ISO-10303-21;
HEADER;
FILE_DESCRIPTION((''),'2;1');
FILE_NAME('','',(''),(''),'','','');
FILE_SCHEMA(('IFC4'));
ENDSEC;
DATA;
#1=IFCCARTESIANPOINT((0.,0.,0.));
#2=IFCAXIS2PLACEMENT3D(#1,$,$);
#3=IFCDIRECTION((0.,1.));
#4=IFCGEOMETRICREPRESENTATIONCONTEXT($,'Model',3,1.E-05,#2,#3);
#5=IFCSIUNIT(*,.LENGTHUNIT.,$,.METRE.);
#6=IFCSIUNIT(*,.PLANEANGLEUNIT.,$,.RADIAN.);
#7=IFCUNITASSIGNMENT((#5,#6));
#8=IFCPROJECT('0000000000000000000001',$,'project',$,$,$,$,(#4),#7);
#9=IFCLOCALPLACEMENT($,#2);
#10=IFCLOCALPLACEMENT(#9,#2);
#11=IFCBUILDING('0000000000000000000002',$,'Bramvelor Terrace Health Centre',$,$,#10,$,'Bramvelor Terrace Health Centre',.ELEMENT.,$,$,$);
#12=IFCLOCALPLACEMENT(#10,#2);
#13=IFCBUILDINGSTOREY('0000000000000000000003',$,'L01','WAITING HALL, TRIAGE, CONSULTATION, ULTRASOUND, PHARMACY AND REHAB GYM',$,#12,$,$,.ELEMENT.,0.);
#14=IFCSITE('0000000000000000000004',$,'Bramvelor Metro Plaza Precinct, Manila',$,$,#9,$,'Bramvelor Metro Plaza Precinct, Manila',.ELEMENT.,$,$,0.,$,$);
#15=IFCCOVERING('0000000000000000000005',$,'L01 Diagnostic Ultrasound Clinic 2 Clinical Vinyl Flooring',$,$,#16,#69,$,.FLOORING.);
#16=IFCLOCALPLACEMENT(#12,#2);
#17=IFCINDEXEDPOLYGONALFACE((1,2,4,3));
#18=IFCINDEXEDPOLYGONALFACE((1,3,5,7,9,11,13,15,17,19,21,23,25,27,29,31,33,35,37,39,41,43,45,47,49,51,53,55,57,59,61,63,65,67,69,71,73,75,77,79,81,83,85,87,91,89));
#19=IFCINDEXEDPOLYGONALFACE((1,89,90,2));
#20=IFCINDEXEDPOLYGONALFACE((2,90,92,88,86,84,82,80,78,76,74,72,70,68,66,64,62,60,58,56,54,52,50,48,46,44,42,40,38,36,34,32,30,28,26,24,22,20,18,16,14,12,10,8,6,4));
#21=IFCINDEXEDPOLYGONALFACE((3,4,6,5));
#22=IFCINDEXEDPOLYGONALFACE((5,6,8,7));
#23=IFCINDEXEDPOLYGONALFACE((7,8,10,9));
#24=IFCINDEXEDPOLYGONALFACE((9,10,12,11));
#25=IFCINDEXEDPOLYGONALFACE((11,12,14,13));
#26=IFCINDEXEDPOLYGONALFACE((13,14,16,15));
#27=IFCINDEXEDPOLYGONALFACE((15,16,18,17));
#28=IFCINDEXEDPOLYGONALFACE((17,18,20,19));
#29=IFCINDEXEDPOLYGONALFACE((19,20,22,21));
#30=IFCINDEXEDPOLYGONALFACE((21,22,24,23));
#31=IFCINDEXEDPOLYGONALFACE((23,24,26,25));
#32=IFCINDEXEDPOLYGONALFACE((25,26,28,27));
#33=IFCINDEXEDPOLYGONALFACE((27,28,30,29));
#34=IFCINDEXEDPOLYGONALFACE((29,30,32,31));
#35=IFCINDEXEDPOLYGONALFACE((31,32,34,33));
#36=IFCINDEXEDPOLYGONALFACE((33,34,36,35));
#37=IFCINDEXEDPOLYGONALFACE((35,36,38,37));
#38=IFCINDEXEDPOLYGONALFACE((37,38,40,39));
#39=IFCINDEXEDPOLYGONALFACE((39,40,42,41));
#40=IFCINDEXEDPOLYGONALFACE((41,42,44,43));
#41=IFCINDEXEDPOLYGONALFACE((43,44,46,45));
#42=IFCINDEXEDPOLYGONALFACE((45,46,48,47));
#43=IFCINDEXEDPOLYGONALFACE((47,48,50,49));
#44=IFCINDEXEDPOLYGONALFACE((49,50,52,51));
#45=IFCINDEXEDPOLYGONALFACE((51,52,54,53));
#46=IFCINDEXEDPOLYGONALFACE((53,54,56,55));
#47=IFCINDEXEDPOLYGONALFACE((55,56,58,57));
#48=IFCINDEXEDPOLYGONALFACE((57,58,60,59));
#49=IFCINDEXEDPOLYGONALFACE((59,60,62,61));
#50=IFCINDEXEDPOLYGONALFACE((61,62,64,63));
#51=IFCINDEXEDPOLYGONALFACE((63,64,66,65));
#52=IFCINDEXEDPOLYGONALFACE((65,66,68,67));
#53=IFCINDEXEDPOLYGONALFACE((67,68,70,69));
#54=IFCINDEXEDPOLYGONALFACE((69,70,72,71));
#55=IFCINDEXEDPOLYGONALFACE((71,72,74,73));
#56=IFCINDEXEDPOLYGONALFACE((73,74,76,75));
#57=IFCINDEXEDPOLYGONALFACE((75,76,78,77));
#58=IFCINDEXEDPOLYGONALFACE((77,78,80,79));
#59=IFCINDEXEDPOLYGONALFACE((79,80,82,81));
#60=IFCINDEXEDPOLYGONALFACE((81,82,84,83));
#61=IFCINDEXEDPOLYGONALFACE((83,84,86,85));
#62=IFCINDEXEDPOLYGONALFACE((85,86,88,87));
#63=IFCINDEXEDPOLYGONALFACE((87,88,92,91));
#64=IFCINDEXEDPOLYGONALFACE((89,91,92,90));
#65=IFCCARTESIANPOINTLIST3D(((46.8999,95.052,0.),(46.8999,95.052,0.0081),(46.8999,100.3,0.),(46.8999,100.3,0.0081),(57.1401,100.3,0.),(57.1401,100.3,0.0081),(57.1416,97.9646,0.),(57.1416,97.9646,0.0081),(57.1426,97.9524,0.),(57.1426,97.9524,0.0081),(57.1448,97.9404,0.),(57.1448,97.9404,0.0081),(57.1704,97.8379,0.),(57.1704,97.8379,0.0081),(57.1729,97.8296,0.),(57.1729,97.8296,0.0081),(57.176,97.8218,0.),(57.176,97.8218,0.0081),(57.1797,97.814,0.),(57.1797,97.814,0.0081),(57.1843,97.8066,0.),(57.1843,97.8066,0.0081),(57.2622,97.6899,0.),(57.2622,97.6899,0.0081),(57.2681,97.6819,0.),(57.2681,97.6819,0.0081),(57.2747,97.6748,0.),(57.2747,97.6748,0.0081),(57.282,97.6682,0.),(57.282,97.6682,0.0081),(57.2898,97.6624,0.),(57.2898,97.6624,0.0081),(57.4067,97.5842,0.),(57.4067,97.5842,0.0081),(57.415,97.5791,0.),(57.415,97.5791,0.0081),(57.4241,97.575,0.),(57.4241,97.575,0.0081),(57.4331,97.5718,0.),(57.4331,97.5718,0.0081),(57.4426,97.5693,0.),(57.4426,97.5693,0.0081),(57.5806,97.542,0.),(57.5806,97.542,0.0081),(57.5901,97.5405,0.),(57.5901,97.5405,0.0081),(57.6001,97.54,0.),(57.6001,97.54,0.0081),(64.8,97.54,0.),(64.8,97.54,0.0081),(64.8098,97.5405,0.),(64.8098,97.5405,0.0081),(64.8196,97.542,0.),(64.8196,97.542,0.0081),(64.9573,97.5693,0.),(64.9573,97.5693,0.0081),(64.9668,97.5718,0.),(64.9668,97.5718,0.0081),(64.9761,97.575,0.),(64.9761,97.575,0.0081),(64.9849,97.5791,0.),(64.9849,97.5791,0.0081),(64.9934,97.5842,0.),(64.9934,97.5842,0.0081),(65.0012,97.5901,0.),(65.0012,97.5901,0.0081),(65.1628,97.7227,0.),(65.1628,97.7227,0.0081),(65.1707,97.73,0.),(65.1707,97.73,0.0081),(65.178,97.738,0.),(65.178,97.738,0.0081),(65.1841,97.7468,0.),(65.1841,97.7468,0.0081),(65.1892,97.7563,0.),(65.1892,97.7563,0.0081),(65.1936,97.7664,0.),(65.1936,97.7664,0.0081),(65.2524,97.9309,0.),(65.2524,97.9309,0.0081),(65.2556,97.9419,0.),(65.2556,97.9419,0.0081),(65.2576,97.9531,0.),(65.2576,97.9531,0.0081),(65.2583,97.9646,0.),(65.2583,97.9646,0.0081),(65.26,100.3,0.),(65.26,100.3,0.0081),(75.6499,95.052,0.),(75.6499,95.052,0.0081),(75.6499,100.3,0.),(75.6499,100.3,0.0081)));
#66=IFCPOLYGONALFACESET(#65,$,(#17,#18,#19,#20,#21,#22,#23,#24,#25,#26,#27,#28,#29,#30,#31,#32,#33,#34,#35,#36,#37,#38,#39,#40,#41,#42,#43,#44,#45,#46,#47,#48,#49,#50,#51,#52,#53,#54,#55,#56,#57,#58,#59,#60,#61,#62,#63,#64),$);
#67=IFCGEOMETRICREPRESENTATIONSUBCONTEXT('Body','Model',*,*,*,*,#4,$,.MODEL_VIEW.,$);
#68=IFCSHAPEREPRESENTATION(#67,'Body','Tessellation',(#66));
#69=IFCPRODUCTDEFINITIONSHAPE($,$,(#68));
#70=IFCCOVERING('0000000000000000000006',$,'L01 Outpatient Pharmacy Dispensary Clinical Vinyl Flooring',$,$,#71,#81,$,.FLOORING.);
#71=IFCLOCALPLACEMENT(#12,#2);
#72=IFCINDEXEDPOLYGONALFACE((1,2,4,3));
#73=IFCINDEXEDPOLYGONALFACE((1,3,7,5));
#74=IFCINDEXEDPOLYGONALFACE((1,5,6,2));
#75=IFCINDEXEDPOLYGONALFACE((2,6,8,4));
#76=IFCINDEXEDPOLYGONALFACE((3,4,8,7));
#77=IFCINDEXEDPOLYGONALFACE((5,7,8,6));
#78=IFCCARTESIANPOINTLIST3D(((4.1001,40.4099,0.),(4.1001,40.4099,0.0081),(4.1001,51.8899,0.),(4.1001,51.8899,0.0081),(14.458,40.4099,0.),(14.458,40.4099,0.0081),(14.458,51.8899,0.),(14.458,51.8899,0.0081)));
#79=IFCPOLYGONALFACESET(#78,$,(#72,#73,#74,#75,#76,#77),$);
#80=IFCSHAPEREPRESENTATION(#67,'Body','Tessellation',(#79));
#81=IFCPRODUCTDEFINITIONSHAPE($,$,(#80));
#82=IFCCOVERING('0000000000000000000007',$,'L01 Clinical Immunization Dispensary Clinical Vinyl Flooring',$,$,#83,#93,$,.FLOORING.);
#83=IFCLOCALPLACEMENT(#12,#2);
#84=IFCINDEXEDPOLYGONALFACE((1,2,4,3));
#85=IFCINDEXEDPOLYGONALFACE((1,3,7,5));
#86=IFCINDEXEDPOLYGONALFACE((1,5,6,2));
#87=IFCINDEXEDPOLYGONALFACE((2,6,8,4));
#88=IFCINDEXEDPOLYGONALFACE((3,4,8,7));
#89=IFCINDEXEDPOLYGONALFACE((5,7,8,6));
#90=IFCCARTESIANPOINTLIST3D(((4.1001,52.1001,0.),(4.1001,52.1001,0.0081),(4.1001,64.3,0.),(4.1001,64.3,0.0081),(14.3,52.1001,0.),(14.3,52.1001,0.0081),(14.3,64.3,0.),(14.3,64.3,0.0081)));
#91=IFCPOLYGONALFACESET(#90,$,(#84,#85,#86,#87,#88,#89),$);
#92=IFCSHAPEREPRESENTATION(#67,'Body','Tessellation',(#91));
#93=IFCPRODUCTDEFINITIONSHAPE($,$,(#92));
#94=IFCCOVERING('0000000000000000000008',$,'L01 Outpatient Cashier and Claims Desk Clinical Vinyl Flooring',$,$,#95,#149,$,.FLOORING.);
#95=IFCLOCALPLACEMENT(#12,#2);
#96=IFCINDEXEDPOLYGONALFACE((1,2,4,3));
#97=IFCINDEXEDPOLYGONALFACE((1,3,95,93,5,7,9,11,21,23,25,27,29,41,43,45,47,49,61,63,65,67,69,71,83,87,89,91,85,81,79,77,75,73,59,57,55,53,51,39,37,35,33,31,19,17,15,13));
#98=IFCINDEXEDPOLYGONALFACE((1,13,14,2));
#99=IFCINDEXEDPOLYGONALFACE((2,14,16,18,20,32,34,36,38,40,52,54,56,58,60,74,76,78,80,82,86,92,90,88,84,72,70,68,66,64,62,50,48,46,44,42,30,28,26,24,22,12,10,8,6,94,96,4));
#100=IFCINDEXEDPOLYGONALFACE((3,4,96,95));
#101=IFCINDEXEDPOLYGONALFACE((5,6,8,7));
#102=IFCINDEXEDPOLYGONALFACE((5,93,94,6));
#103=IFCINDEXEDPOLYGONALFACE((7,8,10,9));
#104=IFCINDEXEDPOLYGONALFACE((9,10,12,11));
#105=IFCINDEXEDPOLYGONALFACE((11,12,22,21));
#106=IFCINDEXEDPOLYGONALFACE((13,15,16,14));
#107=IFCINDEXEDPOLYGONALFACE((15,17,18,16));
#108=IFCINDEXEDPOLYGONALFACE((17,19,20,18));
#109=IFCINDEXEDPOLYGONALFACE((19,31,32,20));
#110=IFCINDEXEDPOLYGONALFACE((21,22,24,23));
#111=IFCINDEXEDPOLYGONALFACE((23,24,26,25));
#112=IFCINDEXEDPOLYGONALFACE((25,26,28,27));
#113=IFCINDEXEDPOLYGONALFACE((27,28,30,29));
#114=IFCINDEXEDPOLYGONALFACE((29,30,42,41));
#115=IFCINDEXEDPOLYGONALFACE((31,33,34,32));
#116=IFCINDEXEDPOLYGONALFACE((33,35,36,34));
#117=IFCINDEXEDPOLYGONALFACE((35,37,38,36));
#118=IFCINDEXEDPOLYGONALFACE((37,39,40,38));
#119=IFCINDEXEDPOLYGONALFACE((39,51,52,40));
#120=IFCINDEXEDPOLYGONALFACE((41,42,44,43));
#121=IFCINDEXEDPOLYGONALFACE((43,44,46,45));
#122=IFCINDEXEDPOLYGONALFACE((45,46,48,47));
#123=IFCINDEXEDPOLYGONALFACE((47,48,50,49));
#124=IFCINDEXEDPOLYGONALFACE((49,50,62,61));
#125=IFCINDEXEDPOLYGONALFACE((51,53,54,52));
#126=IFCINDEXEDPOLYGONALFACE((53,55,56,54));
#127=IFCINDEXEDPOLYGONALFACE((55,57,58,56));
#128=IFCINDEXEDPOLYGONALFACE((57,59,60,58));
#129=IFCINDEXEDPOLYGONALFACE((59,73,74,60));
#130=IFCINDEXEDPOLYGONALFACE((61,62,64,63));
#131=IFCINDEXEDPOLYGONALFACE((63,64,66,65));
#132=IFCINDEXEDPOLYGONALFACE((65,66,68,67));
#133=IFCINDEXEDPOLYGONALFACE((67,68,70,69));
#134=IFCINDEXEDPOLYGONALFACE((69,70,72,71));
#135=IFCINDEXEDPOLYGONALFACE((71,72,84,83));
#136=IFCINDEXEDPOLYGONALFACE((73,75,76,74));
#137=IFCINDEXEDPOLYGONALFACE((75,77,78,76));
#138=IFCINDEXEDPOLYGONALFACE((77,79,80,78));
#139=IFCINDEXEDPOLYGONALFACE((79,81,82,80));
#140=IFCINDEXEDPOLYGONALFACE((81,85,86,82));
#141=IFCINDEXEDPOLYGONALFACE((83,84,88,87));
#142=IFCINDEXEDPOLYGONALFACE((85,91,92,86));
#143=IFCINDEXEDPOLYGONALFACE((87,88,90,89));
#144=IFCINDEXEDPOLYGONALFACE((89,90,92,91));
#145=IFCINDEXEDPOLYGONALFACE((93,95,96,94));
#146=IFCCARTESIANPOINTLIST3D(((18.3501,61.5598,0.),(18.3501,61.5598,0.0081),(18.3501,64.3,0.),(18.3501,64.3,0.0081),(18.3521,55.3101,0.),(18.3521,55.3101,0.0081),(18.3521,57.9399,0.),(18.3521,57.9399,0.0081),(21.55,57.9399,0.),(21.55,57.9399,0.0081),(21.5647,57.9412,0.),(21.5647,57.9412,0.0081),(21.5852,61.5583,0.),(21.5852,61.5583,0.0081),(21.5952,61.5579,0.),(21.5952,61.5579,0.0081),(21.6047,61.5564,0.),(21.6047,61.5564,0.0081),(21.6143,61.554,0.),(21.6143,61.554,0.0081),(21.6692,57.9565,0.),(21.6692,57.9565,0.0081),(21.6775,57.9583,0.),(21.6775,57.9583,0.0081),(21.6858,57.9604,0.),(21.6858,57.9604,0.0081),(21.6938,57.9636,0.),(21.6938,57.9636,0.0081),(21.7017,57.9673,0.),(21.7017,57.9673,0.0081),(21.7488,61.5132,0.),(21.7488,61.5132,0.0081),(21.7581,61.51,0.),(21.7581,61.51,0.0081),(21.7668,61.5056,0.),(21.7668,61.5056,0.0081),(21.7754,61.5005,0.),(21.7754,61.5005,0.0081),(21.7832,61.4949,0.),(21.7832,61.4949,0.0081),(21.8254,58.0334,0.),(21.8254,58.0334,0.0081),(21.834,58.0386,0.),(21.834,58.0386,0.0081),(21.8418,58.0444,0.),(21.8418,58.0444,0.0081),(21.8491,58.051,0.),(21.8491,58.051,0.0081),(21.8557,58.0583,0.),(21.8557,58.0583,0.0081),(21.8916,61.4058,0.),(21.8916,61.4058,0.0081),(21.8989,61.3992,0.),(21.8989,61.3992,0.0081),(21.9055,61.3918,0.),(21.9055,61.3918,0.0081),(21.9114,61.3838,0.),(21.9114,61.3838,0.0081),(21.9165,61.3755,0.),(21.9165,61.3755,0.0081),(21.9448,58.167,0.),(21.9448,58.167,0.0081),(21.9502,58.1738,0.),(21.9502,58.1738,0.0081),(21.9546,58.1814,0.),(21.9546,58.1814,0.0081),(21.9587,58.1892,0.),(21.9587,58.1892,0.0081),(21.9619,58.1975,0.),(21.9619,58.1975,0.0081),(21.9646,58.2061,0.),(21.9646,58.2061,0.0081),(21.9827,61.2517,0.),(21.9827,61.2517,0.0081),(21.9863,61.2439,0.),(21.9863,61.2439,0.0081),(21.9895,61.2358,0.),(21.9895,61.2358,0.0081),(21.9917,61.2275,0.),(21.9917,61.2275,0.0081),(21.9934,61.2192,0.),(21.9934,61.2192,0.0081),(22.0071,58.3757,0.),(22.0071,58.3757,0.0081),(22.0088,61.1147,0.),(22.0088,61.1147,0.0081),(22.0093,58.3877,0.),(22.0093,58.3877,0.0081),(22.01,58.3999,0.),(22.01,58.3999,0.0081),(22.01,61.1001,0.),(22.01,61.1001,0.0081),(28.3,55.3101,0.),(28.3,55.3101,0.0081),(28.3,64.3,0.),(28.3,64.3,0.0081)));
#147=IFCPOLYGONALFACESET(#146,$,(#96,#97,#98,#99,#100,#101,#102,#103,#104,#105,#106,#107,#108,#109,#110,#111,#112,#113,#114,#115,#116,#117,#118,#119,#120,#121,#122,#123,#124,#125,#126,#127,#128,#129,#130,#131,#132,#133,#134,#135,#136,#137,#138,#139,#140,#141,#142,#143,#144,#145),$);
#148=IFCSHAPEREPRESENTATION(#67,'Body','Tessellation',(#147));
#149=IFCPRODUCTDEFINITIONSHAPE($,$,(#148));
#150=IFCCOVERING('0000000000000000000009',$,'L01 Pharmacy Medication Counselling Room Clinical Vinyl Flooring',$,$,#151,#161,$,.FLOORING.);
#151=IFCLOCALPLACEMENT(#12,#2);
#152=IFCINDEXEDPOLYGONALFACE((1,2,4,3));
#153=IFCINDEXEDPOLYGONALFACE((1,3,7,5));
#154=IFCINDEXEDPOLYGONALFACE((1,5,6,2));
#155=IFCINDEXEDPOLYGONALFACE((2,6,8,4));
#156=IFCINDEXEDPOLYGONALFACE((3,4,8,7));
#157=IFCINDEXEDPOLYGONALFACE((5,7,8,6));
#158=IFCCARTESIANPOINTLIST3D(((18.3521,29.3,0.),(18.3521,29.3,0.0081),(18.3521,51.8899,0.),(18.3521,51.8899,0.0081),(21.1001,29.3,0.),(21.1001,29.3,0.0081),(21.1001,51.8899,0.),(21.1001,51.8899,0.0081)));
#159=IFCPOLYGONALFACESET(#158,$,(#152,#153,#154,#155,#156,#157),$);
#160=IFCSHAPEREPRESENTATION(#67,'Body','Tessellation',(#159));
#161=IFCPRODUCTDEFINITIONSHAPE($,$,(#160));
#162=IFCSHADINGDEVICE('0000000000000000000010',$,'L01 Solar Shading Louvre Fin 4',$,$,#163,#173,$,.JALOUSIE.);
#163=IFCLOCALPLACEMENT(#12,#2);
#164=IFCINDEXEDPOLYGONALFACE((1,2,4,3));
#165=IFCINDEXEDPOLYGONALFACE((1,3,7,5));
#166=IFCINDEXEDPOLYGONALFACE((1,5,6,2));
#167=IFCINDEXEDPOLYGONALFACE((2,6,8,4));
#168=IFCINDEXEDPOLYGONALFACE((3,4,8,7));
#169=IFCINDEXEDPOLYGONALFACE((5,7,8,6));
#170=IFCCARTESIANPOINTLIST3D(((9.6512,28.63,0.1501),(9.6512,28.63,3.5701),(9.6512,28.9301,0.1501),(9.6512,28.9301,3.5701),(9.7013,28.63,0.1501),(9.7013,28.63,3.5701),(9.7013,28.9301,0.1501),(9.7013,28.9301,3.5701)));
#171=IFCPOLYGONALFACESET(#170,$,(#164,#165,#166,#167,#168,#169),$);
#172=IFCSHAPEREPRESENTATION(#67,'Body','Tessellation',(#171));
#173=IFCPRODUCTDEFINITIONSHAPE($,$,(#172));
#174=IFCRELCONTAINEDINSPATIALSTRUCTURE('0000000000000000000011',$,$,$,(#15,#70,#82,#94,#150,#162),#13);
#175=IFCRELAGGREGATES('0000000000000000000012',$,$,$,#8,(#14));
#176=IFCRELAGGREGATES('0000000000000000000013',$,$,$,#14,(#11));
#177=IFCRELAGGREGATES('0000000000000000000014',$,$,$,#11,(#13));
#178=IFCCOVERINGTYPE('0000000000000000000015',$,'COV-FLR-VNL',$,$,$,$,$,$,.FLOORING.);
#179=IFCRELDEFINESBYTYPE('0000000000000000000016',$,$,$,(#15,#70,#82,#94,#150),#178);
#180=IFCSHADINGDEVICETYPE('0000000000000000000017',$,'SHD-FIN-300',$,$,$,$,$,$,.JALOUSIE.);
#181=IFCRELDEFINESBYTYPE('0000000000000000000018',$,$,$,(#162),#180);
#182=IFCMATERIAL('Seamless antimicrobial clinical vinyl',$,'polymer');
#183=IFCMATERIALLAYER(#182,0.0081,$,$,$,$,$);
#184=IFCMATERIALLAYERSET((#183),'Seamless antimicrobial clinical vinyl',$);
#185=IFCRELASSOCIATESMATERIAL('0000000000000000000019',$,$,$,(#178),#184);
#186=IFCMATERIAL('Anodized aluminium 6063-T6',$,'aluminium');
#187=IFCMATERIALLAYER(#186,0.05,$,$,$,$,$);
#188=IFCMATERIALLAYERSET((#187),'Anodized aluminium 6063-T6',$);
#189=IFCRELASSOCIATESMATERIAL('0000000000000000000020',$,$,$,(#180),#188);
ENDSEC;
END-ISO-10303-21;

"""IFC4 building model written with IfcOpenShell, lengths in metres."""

from ifc_helpers import new_model, si_unit, direction, frame, origin, origin_2d, place, context, subcontext, project, spatial, polyline, rectangle, outline, extrude, material, layer, layer_set, type_object, element, save


model = new_model("IFC4")

# Units and contexts
model_context = context("Model", 3, precision=1e-05, world=origin(), true_north=direction((0.0, 1.0)))
body_context = subcontext(model_context, "Body", "Model", "MODEL_VIEW")
ifc_project = project(units=[si_unit("LENGTHUNIT", "METRE"), si_unit("PLANEANGLEUNIT", "RADIAN")], contexts=[model_context])

# Site, building, storey
site_placement = place(None, origin())
site = spatial("IfcSite", under=ifc_project, at=site_placement, Name="Bramvelor Metro Plaza Precinct, Manila", LongName="Bramvelor Metro Plaza Precinct, Manila", CompositionType="ELEMENT", RefElevation=0.0)
building_placement = place(site_placement, origin())
building = spatial("IfcBuilding", under=site, at=building_placement, Name="Bramvelor Terrace Health Centre", LongName="Bramvelor Terrace Health Centre", CompositionType="ELEMENT")
storey_placement = place(building_placement, origin())
storey = spatial("IfcBuildingStorey", under=building, at=storey_placement, Name="L01", Description="WAITING HALL, TRIAGE, CONSULTATION, ULTRASOUND, PHARMACY AND REHAB GYM", CompositionType="ELEMENT", Elevation=0.0)

# Coverings
ifc_material_1 = material(Name="Seamless antimicrobial clinical vinyl", Category="polymer")
ifc_layer_1 = layer(ifc_material_1, 0.0081)
ifc_layer_set_1 = layer_set([ifc_layer_1], Name="Seamless antimicrobial clinical vinyl")
covering_type_1 = type_object("IfcCoveringType", Name="COV-FLR-VNL", PredefinedType="FLOORING", material=ifc_layer_set_1)
covering_1_placement = place(storey_placement, origin())
element("IfcCovering", 1, at=covering_1_placement, inside=storey, type_object=covering_type_1, Name="L01 Diagnostic Ultrasound Clinic 2 Clinical Vinyl Flooring", PredefinedType="FLOORING", context=body_context, shape_type="SweptSolid", body=[
    extrude(outline(polyline([(75.6499, 95.052), (46.8999, 95.052), (46.8999, 100.3), (57.1401, 100.3), (57.1416, 97.9646), (57.1426, 97.9524), (57.1448, 97.9404), (57.1704, 97.8379), (57.1729, 97.8296), (57.176, 97.8218), (57.1797, 97.814), (57.1843, 97.8066), (57.2622, 97.6899), (57.2681, 97.6819), (57.2747, 97.6748), (57.282, 97.6682), (57.2898, 97.6624), (57.4067, 97.5842), (57.415, 97.5791), (57.4241, 97.575), (57.4331, 97.5718), (57.4426, 97.5693), (57.5806, 97.542), (57.5901, 97.5405), (57.6001, 97.54), (64.8, 97.54), (64.8098, 97.5405), (64.8196, 97.542), (64.9573, 97.5693), (64.9668, 97.5718), (64.9761, 97.575), (64.9849, 97.5791), (64.9934, 97.5842), (65.0012, 97.5901), (65.1628, 97.7227), (65.1707, 97.73), (65.178, 97.738), (65.1841, 97.7468), (65.1892, 97.7563), (65.1936, 97.7664), (65.2524, 97.9309), (65.2556, 97.9419), (65.2576, 97.9531), (65.2583, 97.9646), (65.26, 100.3), (75.6499, 100.3), (75.6499, 95.052)])), origin(), (0.0, 0.0, 1.0), 0.0081),
])
covering_2_placement = place(storey_placement, origin())
element("IfcCovering", 2, at=covering_2_placement, inside=storey, type_object=covering_type_1, Name="L01 Outpatient Pharmacy Dispensary Clinical Vinyl Flooring", PredefinedType="FLOORING", context=body_context, shape_type="SweptSolid", body=[
    extrude(outline(polyline([(4.1001, 51.8899), (14.458, 51.8899), (14.458, 40.4099), (4.1001, 40.4099), (4.1001, 51.8899)])), origin(), (0.0, 0.0, 1.0), 0.0081),
])
covering_3_placement = place(storey_placement, origin())
element("IfcCovering", 3, at=covering_3_placement, inside=storey, type_object=covering_type_1, Name="L01 Clinical Immunization Dispensary Clinical Vinyl Flooring", PredefinedType="FLOORING", context=body_context, shape_type="SweptSolid", body=[
    extrude(outline(polyline([(4.1001, 64.3), (14.3, 64.3), (14.3, 52.1001), (4.1001, 52.1001), (4.1001, 64.3)])), origin(), (0.0, 0.0, 1.0), 0.0081),
])
covering_4_placement = place(storey_placement, origin())
element("IfcCovering", 4, at=covering_4_placement, inside=storey, type_object=covering_type_1, Name="L01 Outpatient Cashier and Claims Desk Clinical Vinyl Flooring", PredefinedType="FLOORING", context=body_context, shape_type="SweptSolid", body=[
    extrude(outline(polyline([(28.3, 64.3), (28.3, 55.3101), (18.3521, 55.3101), (18.3521, 57.9399), (21.55, 57.9399), (21.5647, 57.9412), (21.6692, 57.9565), (21.6775, 57.9583), (21.6858, 57.9604), (21.6938, 57.9636), (21.7017, 57.9673), (21.8254, 58.0334), (21.834, 58.0386), (21.8418, 58.0444), (21.8491, 58.051), (21.8557, 58.0583), (21.9448, 58.167), (21.9502, 58.1738), (21.9546, 58.1814), (21.9587, 58.1892), (21.9619, 58.1975), (21.9646, 58.2061), (22.0071, 58.3757), (22.0093, 58.3877), (22.01, 58.3999), (22.01, 61.1001), (22.0088, 61.1147), (21.9934, 61.2192), (21.9917, 61.2275), (21.9895, 61.2358), (21.9863, 61.2439), (21.9827, 61.2517), (21.9165, 61.3755), (21.9114, 61.3838), (21.9055, 61.3918), (21.8989, 61.3992), (21.8916, 61.4058), (21.7832, 61.4949), (21.7754, 61.5005), (21.7668, 61.5056), (21.7581, 61.51), (21.7488, 61.5132), (21.6143, 61.554), (21.6047, 61.5564), (21.5952, 61.5579), (21.5852, 61.5583), (18.3501, 61.5598), (18.3501, 64.3), (28.3, 64.3)])), origin(), (0.0, 0.0, 1.0), 0.0081),
])
covering_5_placement = place(storey_placement, origin())
element("IfcCovering", 5, at=covering_5_placement, inside=storey, type_object=covering_type_1, Name="L01 Pharmacy Medication Counselling Room Clinical Vinyl Flooring", PredefinedType="FLOORING", context=body_context, shape_type="SweptSolid", body=[
    extrude(outline(polyline([(21.1001, 51.8899), (21.1001, 29.3), (18.3521, 29.3), (18.3521, 51.8899), (21.1001, 51.8899)])), origin(), (0.0, 0.0, 1.0), 0.0081),
])

# Shading device
ifc_material_2 = material(Name="Anodized aluminium 6063-T6", Category="aluminium")
ifc_layer_2 = layer(ifc_material_2, 0.05)
ifc_layer_set_2 = layer_set([ifc_layer_2], Name="Anodized aluminium 6063-T6")
shading_device_type = type_object("IfcShadingDeviceType", Name="SHD-FIN-300", PredefinedType="JALOUSIE", material=ifc_layer_set_2)
shading_device_placement = place(storey_placement, frame((9.6763, 28.78, 0.1501), z_axis=(0.0, 0.0, 1.0), x_axis=(1.0, 0.0, 0.0)))
element("IfcShadingDevice", 6, at=shading_device_placement, inside=storey, type_object=shading_device_type, Name="L01 Solar Shading Louvre Fin 4", PredefinedType="JALOUSIE", context=body_context, shape_type="SweptSolid", body=[
    extrude(rectangle(XDim=0.05, YDim=0.3, at=origin_2d()), origin(), (0.0, 0.0, 1.0), 3.4199),
])

save(model, "model.ifc")
